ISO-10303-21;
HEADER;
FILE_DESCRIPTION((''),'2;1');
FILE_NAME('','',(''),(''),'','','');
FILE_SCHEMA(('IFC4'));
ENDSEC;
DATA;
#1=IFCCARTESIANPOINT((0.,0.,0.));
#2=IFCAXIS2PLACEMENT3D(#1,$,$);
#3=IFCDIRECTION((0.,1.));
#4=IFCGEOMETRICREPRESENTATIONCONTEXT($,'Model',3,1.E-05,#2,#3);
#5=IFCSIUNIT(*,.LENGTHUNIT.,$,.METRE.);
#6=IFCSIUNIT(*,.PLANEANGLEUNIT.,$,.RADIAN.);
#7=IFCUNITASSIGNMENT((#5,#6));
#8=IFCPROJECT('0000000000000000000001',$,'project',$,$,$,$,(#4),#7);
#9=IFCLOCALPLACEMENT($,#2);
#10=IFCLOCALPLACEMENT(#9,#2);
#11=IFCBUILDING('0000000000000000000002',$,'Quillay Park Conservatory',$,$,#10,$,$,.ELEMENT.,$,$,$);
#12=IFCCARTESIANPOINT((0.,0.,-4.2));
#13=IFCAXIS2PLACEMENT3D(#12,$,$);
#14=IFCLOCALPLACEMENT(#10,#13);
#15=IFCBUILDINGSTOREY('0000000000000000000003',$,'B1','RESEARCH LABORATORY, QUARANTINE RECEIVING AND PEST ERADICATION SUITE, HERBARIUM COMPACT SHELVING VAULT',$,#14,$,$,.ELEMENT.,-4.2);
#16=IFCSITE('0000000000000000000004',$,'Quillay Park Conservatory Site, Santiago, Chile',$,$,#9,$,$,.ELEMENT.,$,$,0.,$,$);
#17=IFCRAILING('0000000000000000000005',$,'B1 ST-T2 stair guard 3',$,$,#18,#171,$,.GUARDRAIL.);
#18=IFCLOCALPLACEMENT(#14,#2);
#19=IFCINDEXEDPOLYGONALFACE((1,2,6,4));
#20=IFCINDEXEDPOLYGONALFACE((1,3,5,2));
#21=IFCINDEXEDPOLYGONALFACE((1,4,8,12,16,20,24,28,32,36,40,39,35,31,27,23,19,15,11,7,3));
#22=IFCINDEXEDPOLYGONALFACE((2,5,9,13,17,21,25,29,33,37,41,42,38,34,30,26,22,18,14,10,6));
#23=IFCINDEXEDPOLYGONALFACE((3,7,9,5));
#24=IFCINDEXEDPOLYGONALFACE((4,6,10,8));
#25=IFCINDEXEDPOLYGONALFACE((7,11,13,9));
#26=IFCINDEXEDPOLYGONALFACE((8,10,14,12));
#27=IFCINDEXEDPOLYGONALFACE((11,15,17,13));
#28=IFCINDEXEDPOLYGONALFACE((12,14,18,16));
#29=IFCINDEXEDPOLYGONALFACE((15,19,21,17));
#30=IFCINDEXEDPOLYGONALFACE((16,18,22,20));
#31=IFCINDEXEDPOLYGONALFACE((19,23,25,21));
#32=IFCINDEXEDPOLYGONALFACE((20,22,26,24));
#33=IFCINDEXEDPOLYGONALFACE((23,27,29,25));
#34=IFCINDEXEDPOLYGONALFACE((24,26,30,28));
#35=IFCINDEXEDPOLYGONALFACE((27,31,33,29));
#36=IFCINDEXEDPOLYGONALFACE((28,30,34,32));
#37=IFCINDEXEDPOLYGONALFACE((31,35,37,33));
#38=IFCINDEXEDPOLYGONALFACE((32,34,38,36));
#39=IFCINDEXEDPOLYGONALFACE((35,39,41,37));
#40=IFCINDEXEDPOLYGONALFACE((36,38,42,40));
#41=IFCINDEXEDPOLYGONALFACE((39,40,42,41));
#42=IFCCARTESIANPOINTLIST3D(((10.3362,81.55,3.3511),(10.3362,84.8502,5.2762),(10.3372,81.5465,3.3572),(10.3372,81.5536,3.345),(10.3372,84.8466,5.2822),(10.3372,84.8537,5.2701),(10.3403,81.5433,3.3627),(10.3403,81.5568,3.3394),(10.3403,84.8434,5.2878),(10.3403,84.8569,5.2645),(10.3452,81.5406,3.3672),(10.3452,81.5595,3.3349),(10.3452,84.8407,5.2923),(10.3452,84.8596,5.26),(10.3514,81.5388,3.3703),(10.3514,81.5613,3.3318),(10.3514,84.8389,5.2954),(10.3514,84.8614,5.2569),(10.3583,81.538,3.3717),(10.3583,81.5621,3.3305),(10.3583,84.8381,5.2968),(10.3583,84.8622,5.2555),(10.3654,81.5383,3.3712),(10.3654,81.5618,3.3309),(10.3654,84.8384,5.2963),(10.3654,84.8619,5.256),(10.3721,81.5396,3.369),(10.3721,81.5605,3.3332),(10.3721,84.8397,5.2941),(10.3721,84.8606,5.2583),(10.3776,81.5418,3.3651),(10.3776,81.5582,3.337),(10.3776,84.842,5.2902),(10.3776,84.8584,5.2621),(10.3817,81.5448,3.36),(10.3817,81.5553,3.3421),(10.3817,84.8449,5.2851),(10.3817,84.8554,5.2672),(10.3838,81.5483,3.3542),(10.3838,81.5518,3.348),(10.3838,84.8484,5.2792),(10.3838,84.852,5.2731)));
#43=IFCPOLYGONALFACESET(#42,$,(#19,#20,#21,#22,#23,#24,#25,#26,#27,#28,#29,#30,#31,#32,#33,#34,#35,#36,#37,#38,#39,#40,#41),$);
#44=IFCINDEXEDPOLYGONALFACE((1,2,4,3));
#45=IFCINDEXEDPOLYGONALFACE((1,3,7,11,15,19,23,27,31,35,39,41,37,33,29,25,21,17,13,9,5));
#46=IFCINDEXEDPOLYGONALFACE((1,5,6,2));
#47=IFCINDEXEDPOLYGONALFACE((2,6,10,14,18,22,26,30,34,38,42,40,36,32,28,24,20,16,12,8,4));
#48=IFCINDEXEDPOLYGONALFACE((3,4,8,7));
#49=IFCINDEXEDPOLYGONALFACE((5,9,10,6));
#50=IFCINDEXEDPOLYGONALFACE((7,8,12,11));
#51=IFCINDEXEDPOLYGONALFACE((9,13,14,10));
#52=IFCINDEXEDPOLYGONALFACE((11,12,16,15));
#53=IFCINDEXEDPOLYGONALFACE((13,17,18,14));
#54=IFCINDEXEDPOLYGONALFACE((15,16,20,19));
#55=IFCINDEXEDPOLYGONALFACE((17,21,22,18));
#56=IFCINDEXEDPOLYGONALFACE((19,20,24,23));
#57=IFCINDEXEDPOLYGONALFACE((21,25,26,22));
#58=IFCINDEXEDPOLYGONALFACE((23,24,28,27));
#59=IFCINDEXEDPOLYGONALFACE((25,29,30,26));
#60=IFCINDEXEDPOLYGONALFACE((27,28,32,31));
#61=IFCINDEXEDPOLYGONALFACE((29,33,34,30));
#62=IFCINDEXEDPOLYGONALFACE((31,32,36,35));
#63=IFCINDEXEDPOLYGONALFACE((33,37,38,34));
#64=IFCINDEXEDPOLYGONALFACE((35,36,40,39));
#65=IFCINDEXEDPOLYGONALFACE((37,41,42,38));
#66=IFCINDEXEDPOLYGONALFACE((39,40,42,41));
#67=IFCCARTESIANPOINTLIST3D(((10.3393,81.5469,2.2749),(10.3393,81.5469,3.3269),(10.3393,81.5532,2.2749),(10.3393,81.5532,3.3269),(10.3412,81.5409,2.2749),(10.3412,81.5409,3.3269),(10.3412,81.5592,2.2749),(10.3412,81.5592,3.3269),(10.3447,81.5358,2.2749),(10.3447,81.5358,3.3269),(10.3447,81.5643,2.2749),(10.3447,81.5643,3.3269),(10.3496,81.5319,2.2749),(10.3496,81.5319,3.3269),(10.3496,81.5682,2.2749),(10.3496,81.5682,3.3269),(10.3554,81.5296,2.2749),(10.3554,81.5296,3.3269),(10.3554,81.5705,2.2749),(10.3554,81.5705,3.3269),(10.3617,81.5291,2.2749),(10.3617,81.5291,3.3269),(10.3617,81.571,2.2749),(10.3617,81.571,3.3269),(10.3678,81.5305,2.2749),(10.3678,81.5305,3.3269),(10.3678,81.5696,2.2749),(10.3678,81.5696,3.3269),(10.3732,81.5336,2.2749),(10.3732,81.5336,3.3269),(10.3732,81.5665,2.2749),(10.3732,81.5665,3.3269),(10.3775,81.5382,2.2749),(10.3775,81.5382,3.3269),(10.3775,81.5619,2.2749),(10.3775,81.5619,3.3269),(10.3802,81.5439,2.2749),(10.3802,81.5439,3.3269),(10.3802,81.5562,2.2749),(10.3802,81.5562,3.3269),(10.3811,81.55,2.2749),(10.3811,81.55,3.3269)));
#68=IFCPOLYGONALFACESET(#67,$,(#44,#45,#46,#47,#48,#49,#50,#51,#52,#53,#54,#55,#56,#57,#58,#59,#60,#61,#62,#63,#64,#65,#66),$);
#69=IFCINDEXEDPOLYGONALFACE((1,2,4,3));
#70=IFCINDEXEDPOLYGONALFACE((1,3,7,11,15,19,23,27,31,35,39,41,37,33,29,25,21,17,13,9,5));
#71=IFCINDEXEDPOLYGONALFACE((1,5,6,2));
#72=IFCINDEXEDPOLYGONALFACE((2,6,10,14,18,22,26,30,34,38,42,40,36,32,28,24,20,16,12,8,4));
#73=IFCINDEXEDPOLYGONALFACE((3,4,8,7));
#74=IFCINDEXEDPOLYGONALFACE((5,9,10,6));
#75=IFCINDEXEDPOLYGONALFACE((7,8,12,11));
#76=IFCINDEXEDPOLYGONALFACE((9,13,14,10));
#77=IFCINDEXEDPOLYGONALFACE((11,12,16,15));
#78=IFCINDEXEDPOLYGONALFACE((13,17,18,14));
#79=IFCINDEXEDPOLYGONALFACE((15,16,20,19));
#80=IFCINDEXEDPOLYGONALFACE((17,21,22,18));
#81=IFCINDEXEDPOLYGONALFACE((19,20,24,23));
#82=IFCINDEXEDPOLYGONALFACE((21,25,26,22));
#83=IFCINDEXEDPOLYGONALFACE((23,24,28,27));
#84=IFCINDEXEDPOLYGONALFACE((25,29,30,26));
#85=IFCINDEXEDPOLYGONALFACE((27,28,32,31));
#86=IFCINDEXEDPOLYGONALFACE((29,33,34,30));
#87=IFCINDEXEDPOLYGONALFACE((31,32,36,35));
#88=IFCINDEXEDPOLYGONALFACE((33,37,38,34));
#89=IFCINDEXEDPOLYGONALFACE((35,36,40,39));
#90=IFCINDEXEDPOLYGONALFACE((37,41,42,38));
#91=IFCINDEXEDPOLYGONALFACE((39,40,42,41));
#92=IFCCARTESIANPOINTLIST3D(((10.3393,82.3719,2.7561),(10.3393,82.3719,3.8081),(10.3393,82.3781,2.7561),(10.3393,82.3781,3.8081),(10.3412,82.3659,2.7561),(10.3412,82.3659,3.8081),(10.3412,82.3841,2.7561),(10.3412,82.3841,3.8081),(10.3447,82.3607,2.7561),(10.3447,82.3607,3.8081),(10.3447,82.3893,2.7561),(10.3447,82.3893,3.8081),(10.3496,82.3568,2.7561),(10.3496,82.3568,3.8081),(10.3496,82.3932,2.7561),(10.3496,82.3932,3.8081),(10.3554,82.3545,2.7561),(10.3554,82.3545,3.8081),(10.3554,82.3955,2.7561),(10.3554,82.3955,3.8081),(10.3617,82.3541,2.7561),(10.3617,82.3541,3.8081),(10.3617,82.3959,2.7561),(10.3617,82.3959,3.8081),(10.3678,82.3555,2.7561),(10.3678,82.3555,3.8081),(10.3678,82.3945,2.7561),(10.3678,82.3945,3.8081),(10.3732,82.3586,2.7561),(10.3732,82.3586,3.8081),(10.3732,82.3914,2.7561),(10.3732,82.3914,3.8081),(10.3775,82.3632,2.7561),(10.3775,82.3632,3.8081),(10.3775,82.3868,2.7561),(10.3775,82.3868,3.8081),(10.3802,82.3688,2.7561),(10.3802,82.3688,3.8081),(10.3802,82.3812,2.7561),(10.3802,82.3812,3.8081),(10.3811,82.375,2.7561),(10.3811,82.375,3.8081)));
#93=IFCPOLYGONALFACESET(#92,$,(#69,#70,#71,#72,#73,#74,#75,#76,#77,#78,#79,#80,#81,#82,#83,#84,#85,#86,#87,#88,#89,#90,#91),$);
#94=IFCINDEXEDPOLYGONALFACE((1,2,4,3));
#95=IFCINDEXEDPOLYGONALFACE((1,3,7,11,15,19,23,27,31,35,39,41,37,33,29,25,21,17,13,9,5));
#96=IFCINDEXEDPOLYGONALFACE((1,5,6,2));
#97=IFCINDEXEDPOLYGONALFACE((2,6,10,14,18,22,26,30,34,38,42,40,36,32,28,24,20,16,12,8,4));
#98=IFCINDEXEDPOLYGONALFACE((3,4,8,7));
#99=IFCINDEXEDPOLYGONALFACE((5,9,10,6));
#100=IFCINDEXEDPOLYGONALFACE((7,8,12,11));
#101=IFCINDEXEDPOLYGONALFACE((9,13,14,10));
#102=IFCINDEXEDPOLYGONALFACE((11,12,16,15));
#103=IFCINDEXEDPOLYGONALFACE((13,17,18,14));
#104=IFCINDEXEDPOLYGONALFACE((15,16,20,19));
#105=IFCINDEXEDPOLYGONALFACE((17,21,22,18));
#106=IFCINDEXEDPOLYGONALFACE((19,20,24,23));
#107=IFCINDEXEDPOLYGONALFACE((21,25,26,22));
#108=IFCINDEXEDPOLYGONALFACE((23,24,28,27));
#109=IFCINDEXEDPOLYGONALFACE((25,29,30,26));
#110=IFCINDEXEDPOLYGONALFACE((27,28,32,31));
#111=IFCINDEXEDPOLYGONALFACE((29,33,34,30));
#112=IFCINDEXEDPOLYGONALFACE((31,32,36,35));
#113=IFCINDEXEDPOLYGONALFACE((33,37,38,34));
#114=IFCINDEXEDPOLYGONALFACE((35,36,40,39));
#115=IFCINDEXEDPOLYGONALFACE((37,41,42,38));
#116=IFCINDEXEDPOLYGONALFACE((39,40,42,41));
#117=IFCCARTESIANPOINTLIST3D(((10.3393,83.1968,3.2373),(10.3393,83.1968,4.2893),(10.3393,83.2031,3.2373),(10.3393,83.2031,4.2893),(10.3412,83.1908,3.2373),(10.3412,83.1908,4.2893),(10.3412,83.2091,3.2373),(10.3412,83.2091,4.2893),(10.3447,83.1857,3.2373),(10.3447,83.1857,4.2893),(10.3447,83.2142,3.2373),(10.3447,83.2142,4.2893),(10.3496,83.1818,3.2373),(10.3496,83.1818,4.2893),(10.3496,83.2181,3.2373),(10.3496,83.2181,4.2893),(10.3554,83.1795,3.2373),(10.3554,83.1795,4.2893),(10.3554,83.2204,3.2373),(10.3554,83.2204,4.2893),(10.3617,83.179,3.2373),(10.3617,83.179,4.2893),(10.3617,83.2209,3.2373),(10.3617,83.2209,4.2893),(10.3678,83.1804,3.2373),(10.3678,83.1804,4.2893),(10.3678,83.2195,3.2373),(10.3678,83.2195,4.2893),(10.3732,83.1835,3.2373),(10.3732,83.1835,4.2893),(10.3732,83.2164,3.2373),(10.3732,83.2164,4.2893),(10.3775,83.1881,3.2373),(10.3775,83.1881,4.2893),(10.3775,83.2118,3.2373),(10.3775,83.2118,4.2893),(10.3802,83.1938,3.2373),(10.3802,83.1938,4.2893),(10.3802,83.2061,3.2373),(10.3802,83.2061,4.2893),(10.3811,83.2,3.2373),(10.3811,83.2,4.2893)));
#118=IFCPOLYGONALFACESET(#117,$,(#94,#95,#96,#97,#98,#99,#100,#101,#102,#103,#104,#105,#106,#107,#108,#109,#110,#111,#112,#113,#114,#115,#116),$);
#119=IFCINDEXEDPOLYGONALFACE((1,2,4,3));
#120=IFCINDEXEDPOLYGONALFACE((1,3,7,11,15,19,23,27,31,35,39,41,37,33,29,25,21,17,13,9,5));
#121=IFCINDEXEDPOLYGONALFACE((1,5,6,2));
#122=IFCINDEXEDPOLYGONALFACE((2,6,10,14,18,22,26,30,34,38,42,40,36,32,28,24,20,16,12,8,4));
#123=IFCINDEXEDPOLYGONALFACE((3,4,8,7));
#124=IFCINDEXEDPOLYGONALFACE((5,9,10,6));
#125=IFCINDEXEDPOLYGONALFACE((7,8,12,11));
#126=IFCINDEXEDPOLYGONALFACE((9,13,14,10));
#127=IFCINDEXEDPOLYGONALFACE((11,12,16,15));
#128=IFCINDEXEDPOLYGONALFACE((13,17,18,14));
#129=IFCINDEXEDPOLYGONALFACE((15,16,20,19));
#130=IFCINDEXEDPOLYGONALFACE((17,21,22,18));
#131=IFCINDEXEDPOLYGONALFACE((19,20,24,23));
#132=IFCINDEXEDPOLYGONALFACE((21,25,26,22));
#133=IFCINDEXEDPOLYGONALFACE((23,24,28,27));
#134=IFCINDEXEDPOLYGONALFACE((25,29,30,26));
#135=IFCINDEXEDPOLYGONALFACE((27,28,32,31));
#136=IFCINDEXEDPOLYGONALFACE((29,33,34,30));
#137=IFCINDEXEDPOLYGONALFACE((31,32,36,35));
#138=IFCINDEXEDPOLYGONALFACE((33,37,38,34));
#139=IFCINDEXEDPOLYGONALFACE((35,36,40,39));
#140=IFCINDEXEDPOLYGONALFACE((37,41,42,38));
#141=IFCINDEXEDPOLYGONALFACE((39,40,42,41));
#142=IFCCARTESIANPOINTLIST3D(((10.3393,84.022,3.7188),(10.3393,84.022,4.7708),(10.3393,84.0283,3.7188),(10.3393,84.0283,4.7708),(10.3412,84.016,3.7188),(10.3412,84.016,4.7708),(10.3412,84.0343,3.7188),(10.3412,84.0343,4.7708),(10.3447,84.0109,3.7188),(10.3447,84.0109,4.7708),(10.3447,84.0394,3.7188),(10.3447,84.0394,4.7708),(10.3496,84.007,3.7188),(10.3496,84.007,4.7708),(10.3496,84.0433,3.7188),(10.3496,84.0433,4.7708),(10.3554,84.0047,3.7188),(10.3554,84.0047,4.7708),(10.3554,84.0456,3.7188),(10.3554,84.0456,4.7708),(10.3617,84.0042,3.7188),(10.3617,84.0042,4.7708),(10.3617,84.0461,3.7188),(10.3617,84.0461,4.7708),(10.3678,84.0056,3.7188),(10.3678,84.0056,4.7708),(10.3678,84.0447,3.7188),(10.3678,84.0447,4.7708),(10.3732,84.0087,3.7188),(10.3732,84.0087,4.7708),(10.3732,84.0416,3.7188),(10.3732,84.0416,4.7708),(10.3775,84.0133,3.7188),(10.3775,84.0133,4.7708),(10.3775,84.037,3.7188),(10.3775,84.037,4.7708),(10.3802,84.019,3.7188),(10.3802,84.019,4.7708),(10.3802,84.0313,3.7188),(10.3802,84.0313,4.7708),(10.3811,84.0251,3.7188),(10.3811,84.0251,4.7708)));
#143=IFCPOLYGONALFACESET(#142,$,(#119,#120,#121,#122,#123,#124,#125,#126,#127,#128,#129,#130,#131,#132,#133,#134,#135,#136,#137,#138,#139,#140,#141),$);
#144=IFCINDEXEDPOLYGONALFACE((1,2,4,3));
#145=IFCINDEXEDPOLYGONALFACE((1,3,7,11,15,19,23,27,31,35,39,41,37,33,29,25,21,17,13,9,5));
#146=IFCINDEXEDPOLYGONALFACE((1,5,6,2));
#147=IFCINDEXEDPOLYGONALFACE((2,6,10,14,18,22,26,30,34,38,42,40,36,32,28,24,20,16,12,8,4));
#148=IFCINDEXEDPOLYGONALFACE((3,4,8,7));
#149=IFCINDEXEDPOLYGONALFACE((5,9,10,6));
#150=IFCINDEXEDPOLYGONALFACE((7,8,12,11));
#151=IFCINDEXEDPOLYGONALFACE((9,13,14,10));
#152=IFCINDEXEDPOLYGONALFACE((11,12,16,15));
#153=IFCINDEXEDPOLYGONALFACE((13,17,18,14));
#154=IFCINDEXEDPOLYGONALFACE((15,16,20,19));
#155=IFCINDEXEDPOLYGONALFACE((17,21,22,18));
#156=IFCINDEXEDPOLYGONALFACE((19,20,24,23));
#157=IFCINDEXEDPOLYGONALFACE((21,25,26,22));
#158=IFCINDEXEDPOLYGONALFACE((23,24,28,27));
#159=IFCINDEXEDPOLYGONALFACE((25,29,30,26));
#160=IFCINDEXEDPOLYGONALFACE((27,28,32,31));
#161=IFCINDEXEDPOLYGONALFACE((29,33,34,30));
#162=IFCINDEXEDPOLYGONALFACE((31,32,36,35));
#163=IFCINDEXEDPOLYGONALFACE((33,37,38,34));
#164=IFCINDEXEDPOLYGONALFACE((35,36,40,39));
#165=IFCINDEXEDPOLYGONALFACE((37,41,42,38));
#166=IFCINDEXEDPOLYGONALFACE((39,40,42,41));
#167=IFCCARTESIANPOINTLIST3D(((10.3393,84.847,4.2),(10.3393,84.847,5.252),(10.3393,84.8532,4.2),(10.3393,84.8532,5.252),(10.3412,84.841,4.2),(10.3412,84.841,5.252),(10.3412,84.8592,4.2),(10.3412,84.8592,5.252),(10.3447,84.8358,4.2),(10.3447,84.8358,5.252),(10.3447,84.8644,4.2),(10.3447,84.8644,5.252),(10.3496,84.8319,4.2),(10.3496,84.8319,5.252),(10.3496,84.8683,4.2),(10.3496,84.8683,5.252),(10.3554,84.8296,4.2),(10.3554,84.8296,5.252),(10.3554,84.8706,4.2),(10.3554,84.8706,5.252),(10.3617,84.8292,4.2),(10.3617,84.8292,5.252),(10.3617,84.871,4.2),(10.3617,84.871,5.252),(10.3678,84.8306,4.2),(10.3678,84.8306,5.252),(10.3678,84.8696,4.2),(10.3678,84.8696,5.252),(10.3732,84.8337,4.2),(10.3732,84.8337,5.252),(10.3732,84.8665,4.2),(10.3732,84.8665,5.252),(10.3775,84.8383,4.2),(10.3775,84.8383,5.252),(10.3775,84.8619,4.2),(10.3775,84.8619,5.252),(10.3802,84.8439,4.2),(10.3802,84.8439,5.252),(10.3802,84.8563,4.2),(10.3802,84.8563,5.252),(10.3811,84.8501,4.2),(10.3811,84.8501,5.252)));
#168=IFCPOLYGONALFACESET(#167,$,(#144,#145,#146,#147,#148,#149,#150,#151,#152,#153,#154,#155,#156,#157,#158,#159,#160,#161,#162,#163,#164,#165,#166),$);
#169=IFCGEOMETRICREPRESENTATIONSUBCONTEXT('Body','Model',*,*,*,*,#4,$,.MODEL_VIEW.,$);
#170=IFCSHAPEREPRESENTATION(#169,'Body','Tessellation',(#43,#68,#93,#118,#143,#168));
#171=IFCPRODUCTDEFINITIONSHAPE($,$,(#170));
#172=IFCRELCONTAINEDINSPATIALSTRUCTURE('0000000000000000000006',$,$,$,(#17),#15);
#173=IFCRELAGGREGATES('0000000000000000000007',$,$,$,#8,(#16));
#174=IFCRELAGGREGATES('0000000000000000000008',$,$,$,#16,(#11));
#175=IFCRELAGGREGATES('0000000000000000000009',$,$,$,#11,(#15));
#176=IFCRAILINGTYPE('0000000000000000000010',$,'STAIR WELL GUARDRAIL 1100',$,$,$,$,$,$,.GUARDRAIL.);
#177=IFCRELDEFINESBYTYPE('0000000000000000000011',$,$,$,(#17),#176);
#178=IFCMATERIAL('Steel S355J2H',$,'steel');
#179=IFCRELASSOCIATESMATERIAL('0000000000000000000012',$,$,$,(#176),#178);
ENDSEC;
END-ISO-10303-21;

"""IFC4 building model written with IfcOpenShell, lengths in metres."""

from ifc_helpers import new_model, si_unit, direction, frame, origin, origin_2d, place, context, subcontext, project, spatial, circle, extrude, material, type_object, element, save


model = new_model("IFC4")

# Units and contexts
model_context = context("Model", 3, precision=1e-05, world=origin(), true_north=direction((0.0, 1.0)))
body_context = subcontext(model_context, "Body", "Model", "MODEL_VIEW")
ifc_project = project(units=[si_unit("LENGTHUNIT", "METRE"), si_unit("PLANEANGLEUNIT", "RADIAN")], contexts=[model_context])

# Site, building, storey
site_placement = place(None, origin())
site = spatial("IfcSite", under=ifc_project, at=site_placement, Name="Quillay Park Conservatory Site, Santiago, Chile", CompositionType="ELEMENT", RefElevation=0.0)
building_placement = place(site_placement, origin())
building = spatial("IfcBuilding", under=site, at=building_placement, Name="Quillay Park Conservatory", CompositionType="ELEMENT")
storey_placement = place(building_placement, frame((0.0, 0.0, -4.2)))
storey = spatial("IfcBuildingStorey", under=building, at=storey_placement, Name="B1", Description="RESEARCH LABORATORY, QUARANTINE RECEIVING AND PEST ERADICATION SUITE, HERBARIUM COMPACT SHELVING VAULT", CompositionType="ELEMENT", Elevation=-4.2)

# Railing
ifc_material_1 = material(Name="Steel S355J2H", Category="steel")
railing_type_1 = type_object("IfcRailingType", Name="STAIR WELL GUARDRAIL 1100", PredefinedType="GUARDRAIL", material=ifc_material_1)
railing_1_placement = place(storey_placement, frame((10.3601, 81.55, 2.2749)))
element("IfcRailing", 1, at=railing_1_placement, inside=storey, type_object=railing_type_1, Name="B1 ST-T2 stair guard 3", PredefinedType="GUARDRAIL", context=body_context, shape_type="SweptSolid", body=[
    extrude(circle(Radius=0.0239, at=origin_2d()), frame((0.0, 0.0, 1.0762), z_axis=(0.0, 0.863777, 0.503875), x_axis=(-1.0, 0.0, 0.0)), (0.0, 0.0, 1.0), 3.8206),
    extrude(circle(Radius=0.021, at=origin_2d()), origin(), (0.0, 0.0, 1.0), 1.052),
    extrude(circle(Radius=0.021, at=origin_2d()), frame((0.0, 0.825, 0.4812)), (0.0, 0.0, 1.0), 1.052),
    extrude(circle(Radius=0.021, at=origin_2d()), frame((0.0, 1.6499, 0.9624)), (0.0, 0.0, 1.0), 1.052),
    extrude(circle(Radius=0.021, at=origin_2d()), frame((0.0, 2.4751, 1.4438)), (0.0, 0.0, 1.0), 1.052),
    extrude(circle(Radius=0.021, at=origin_2d()), frame((0.0, 3.3, 1.925)), (0.0, 0.0, 1.0), 1.052),
])

save(model, "model.ifc")
